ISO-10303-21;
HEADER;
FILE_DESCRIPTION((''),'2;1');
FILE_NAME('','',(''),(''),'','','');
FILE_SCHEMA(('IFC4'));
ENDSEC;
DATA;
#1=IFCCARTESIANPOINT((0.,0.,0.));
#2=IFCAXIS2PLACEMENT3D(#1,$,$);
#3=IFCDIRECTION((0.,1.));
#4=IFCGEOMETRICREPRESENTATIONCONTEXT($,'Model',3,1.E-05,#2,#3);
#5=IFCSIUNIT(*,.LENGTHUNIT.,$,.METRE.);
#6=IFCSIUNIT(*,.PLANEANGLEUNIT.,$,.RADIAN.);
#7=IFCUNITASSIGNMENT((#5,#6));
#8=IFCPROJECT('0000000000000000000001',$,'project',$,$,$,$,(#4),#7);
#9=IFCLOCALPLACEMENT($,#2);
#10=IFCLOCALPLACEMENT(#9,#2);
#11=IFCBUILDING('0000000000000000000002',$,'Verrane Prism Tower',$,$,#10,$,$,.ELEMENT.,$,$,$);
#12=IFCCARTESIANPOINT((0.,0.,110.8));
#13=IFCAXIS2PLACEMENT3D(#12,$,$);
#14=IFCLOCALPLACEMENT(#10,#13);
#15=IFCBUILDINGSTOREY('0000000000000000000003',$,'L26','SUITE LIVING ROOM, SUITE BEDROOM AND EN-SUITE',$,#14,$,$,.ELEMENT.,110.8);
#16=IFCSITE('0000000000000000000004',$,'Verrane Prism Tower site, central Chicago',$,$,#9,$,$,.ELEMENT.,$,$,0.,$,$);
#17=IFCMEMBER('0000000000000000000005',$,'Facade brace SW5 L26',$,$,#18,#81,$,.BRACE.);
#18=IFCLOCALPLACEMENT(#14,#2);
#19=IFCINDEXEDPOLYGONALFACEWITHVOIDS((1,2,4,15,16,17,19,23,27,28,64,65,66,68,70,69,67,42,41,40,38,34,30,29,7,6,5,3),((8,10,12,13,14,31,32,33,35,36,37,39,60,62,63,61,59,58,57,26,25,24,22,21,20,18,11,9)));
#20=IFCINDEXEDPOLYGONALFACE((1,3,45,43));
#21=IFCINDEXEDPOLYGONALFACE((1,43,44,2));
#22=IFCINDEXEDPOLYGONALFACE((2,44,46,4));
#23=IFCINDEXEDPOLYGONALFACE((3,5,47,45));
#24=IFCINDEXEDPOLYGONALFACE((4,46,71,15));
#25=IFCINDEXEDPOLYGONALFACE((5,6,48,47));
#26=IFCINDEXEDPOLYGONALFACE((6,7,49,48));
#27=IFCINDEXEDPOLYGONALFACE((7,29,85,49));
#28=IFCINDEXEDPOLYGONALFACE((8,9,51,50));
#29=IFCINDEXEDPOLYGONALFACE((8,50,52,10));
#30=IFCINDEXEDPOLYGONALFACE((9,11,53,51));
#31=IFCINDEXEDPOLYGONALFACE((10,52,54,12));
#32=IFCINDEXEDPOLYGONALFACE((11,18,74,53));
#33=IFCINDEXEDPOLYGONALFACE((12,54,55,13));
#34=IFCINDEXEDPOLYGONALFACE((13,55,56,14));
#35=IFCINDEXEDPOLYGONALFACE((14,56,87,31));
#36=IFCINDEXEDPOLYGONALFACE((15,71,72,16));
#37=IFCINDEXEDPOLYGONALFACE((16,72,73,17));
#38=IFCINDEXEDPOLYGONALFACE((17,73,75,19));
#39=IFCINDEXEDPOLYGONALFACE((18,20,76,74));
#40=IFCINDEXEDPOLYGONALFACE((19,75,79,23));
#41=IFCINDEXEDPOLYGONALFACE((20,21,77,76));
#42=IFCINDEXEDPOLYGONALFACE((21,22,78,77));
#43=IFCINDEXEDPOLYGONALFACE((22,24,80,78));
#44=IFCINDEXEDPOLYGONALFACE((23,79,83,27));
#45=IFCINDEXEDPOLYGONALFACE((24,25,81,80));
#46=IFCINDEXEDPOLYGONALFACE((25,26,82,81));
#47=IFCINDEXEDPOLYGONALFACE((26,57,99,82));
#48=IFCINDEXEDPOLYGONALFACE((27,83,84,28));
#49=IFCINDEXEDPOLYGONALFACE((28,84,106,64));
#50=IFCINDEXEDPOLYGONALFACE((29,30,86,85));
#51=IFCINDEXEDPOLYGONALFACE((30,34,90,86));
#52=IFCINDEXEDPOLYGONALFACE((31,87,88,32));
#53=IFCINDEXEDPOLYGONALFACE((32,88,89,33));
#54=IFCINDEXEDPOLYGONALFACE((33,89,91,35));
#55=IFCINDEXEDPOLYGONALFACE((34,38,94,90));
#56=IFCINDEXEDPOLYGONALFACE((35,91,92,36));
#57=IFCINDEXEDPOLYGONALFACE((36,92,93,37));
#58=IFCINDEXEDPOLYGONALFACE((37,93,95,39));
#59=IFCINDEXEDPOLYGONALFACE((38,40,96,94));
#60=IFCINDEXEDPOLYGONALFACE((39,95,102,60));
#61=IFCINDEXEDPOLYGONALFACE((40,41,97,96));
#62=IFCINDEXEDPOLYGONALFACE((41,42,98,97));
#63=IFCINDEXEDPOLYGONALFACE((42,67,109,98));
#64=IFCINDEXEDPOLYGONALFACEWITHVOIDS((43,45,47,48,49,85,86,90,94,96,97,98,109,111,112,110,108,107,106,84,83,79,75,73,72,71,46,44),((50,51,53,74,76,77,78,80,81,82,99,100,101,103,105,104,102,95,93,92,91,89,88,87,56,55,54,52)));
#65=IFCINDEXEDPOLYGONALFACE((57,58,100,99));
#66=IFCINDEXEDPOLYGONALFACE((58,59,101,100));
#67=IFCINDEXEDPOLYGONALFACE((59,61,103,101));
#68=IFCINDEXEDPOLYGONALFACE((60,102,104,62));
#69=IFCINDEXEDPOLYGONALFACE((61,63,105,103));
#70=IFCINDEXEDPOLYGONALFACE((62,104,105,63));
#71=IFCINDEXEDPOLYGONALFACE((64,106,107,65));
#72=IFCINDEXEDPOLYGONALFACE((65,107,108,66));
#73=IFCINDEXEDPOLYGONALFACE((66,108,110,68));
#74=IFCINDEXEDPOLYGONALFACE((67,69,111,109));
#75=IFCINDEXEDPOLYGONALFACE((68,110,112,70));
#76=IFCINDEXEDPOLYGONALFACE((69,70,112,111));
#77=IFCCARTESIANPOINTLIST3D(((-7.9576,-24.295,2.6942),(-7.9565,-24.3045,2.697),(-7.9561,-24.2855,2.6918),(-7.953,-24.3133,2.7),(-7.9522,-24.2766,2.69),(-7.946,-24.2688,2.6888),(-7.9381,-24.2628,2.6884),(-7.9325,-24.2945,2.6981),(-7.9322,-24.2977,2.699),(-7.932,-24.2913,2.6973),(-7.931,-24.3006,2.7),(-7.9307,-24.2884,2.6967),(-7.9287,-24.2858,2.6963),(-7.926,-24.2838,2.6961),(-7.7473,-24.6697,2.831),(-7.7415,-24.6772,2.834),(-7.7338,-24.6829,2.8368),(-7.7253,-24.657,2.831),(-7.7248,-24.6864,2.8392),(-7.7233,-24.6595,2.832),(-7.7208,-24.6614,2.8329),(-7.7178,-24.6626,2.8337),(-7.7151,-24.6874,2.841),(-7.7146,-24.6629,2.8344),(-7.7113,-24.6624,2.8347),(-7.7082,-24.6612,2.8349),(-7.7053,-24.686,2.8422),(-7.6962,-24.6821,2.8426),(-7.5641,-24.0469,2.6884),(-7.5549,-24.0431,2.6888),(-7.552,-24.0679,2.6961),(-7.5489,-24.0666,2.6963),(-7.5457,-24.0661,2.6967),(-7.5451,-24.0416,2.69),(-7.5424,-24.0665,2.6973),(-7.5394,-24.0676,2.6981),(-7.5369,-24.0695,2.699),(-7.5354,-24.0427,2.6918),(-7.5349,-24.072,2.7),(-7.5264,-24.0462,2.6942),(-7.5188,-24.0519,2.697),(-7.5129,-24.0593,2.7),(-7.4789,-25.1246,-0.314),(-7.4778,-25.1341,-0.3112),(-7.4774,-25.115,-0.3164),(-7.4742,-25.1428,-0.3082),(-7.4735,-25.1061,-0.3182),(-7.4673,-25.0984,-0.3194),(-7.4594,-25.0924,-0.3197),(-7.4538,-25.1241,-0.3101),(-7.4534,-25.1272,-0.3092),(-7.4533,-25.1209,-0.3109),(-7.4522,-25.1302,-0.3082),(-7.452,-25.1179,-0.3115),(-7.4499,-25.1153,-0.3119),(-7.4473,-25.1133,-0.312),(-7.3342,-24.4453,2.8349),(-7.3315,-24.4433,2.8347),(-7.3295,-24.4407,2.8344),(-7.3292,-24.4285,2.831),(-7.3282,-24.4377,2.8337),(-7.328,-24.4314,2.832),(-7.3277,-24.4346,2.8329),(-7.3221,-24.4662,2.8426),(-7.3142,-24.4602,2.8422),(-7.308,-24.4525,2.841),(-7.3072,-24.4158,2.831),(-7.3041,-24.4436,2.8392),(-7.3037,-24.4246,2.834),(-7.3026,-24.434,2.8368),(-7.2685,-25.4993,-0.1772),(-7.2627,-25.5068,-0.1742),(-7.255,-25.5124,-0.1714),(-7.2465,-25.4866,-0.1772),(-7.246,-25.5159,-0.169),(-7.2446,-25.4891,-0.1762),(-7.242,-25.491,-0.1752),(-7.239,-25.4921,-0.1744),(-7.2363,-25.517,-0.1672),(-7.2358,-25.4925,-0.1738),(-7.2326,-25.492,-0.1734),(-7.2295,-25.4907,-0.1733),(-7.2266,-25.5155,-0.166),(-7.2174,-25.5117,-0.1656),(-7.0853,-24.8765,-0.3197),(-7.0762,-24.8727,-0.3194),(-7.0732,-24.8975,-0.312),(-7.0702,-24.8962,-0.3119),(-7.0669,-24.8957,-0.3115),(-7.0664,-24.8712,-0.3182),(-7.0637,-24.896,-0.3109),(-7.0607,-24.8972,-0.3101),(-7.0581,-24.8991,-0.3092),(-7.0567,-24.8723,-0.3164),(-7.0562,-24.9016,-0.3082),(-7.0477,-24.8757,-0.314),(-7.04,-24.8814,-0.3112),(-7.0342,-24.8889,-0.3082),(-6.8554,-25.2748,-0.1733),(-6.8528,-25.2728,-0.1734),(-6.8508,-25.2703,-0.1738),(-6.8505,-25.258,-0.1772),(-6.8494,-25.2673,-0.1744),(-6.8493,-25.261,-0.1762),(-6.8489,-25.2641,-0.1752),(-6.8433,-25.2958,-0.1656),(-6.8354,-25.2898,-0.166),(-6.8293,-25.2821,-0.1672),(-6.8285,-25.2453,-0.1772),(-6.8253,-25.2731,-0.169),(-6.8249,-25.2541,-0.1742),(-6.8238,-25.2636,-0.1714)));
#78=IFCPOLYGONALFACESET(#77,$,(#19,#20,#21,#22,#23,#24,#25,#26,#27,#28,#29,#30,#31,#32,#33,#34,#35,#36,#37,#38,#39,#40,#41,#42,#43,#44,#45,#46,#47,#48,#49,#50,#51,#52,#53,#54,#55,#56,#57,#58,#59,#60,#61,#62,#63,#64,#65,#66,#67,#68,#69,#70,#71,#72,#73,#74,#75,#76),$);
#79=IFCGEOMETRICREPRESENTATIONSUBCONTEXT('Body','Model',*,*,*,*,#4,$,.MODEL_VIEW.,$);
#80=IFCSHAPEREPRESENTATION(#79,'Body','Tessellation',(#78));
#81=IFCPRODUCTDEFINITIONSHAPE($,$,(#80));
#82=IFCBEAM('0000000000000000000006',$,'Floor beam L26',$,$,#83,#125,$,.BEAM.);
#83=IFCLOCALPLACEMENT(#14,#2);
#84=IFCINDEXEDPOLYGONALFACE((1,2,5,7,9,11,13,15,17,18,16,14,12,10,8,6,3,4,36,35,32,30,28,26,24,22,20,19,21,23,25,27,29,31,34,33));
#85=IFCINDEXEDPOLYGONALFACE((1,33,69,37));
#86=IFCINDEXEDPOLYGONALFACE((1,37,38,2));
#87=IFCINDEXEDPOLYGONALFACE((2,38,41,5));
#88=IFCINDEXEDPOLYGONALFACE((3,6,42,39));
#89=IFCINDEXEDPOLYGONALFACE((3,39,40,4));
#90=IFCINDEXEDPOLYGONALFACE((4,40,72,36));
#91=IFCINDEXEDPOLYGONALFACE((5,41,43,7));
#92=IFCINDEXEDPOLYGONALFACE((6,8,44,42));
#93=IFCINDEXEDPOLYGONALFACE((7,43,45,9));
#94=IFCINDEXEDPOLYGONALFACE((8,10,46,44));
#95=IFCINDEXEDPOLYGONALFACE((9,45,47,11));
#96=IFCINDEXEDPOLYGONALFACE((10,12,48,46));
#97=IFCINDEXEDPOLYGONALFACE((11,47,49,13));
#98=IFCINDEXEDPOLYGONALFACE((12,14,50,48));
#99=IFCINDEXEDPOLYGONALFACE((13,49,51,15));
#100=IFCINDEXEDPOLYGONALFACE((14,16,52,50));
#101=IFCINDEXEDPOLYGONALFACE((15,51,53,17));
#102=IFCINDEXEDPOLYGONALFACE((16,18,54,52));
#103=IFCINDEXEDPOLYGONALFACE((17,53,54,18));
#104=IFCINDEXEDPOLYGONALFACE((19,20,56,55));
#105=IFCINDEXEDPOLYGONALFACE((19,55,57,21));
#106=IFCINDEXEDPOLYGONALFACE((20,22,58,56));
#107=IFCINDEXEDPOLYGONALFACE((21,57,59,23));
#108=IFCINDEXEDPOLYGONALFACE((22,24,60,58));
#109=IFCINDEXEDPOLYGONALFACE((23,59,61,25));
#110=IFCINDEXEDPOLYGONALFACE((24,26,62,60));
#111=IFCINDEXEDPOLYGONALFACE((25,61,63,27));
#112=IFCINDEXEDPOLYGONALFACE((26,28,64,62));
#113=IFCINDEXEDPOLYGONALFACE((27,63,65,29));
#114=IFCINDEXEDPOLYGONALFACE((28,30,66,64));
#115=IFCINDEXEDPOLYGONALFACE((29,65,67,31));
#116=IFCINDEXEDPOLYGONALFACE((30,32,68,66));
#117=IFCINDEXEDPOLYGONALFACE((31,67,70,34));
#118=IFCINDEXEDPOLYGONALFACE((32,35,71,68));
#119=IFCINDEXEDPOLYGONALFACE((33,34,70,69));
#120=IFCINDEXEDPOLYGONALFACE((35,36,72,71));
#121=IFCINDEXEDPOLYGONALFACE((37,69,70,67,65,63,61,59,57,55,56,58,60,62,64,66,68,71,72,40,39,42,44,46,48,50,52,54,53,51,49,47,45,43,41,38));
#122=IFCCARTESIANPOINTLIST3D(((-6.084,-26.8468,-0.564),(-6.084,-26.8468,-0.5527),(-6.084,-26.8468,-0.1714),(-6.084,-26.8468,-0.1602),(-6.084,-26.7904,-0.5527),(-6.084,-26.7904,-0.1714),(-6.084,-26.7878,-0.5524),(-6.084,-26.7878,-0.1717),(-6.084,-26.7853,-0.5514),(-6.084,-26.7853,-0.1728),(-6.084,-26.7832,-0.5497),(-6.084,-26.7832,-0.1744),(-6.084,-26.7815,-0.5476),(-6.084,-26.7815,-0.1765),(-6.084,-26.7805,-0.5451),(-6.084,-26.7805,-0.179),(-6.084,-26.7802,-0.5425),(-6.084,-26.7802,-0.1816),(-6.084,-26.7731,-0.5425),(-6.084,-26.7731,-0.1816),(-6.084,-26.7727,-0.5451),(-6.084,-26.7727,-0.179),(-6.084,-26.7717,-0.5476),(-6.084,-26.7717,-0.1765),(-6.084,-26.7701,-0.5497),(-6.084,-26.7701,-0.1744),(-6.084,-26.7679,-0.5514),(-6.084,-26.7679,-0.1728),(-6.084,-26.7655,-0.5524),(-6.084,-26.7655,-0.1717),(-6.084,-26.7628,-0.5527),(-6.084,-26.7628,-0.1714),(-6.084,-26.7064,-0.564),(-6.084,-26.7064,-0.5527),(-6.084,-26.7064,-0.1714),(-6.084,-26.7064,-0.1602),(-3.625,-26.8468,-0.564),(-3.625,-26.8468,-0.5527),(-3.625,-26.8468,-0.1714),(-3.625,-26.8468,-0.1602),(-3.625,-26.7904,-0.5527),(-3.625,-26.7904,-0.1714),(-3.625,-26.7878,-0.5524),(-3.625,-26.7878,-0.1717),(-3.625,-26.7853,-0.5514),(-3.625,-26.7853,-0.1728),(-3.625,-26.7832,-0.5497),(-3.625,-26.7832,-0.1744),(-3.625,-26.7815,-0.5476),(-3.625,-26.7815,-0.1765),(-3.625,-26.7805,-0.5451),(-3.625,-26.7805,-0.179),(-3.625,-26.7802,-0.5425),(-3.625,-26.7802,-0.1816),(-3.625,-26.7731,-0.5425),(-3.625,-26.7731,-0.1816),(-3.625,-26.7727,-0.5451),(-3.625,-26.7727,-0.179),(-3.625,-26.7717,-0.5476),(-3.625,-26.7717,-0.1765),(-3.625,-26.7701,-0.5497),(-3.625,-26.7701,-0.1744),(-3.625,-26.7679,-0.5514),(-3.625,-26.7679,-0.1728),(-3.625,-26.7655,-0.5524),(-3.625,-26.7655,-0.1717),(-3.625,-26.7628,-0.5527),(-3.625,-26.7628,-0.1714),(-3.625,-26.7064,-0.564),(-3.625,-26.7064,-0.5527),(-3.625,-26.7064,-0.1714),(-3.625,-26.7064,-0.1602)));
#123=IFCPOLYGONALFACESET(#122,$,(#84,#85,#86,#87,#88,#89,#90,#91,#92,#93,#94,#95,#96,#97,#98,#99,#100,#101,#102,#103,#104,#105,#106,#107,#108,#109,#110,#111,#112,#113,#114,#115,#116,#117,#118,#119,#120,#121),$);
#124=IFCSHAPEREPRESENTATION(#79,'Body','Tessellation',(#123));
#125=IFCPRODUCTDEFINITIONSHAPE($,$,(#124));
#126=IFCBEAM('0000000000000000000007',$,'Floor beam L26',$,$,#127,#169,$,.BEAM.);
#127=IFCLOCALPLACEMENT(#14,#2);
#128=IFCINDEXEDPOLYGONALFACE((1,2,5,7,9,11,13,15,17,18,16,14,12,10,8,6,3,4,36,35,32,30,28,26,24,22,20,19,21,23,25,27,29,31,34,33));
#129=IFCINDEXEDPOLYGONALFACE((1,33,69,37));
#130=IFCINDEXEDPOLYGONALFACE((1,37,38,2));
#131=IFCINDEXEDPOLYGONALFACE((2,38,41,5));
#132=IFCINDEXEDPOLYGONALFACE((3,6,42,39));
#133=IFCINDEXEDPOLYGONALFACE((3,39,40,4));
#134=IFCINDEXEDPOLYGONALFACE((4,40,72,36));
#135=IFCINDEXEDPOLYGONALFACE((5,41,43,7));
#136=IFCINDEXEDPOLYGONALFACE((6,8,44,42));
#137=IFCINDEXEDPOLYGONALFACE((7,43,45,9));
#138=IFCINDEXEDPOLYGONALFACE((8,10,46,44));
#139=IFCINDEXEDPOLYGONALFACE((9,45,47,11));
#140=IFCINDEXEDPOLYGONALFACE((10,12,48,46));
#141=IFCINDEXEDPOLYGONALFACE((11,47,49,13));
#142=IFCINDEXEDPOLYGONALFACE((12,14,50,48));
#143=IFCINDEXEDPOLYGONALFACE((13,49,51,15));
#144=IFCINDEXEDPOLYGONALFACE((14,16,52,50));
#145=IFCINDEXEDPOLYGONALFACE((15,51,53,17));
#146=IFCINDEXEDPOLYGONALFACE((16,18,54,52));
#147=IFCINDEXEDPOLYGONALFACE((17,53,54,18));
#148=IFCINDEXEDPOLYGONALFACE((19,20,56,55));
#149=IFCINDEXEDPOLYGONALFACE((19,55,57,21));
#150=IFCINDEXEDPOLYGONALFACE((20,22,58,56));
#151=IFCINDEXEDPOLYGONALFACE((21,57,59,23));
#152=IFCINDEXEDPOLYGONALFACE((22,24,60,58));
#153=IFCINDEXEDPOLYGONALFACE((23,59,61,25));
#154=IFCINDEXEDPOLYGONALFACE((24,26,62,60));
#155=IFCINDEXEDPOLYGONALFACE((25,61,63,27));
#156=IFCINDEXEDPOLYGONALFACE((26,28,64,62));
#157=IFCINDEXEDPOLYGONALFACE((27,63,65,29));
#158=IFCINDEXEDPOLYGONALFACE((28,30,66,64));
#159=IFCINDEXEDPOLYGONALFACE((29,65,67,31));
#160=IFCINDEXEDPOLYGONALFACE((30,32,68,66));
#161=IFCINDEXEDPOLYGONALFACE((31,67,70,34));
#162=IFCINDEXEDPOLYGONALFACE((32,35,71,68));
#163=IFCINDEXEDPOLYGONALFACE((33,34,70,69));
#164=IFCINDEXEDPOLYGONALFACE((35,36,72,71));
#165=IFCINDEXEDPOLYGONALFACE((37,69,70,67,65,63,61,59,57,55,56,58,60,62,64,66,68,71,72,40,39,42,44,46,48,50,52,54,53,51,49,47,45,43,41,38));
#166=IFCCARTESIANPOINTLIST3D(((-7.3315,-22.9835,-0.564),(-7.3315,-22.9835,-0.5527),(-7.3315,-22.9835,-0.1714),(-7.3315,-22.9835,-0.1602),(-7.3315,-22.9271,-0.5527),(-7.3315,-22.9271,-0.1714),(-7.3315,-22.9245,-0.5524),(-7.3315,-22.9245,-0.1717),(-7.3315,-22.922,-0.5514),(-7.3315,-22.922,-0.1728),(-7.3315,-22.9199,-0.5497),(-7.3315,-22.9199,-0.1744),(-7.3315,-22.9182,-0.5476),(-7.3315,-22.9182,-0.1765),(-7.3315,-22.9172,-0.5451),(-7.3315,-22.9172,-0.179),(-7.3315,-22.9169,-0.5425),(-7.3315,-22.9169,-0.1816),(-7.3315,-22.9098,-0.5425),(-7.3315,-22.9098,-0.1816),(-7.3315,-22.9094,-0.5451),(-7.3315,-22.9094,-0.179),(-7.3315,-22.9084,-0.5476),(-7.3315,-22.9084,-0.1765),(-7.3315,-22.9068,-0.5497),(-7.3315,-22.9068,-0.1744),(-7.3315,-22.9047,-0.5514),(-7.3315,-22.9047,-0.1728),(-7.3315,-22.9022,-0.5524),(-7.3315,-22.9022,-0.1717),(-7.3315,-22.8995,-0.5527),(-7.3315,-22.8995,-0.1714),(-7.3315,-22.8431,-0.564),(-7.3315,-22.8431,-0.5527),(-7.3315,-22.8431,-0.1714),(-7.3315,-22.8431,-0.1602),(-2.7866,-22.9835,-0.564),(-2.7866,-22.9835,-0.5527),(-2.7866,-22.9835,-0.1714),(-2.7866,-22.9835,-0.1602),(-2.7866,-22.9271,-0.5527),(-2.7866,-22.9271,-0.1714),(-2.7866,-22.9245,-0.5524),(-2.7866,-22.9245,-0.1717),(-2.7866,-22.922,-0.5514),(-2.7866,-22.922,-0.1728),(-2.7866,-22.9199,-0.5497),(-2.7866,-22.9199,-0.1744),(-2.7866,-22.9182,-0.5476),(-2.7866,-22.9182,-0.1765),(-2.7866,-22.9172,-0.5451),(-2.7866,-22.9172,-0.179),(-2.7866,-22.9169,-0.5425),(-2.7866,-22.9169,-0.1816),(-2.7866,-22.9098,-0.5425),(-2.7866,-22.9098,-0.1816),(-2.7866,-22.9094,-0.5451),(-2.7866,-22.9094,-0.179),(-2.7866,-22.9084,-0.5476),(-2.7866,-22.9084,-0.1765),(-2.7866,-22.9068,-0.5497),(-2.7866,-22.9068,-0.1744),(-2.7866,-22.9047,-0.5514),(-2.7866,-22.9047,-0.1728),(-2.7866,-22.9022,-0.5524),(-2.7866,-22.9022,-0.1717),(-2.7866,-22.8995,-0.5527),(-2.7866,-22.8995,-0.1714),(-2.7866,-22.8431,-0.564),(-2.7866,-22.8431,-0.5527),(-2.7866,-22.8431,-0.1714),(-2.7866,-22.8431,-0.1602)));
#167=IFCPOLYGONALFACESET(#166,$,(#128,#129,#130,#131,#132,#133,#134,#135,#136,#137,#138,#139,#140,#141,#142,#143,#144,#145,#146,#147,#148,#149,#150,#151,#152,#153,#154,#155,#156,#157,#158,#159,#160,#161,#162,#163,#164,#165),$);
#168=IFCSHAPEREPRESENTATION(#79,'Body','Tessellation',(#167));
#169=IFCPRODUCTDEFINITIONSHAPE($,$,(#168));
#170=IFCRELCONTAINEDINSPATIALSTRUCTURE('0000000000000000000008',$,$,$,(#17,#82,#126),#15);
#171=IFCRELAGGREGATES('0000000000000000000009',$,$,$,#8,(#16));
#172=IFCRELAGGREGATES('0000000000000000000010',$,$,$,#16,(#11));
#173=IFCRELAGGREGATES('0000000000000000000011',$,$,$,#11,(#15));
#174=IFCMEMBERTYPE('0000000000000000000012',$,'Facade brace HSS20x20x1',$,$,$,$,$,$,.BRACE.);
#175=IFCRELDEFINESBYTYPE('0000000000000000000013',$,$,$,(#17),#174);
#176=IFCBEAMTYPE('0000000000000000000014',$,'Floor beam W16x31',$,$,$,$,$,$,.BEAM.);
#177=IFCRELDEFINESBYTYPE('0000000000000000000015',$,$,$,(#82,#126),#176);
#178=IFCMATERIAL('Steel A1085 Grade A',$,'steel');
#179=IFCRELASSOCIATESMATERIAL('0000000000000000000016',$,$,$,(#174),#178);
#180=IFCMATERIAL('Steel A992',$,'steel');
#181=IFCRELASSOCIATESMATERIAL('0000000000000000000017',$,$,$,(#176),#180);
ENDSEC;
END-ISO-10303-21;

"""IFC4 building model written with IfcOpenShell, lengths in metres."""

from ifc_helpers import new_model, si_unit, direction, frame, origin, origin_2d, place, context, subcontext, project, spatial, hollow_rectangle, i_section, extrude, material, material_profile, profile_set, type_object, element, save


model = new_model("IFC4")

# Units and contexts
model_context = context("Model", 3, precision=1e-05, world=origin(), true_north=direction((0.0, 1.0)))
body_context = subcontext(model_context, "Body", "Model", "MODEL_VIEW")
ifc_project = project(units=[si_unit("LENGTHUNIT", "METRE"), si_unit("PLANEANGLEUNIT", "RADIAN")], contexts=[model_context])

# Site, building, storey
site_placement = place(None, origin())
site = spatial("IfcSite", under=ifc_project, at=site_placement, Name="Verrane Prism Tower site, central Chicago", CompositionType="ELEMENT", RefElevation=0.0)
building_placement = place(site_placement, origin())
building = spatial("IfcBuilding", under=site, at=building_placement, Name="Verrane Prism Tower", CompositionType="ELEMENT")
storey_placement = place(building_placement, frame((0.0, 0.0, 110.8)))
storey = spatial("IfcBuildingStorey", under=building, at=storey_placement, Name="L26", Description="SUITE LIVING ROOM, SUITE BEDROOM AND EN-SUITE", CompositionType="ELEMENT", Elevation=110.8)

# Member
ifc_material_1 = material(Name="Steel A1085 Grade A", Category="steel")
ifc_material_profile_1 = material_profile(ifc_material_1, hollow_rectangle(XDim=0.5081, YDim=0.5081, WallThickness=0.0254, InnerFilletRadius=0.0127, OuterFilletRadius=0.0381, at=origin_2d()), Name="HSS20x20x1")
ifc_profile_set_1 = profile_set([ifc_material_profile_1], Name="Steel A1085 Grade A")
member_type_1 = type_object("IfcMemberType", Name="Facade brace HSS20x20x1", PredefinedType="BRACE", material=ifc_profile_set_1)
for number, where, z_axis, x_axis, name in (
    (1, (-7.1514, -25.1941, -0.2427), (-0.151645, 0.262769, 0.952867), (-0.866118, -0.49984, 0.0), "Facade brace SW5 L26"),
):
    element("IfcMember", number, at=place(storey_placement, frame(where, z_axis=z_axis, x_axis=x_axis)), inside=storey, type_object=member_type_1, Name=name, PredefinedType="BRACE", context=body_context, shape_type="SweptSolid", body=[
        extrude(hollow_rectangle(XDim=0.5081, YDim=0.5081, WallThickness=0.0254, InnerFilletRadius=0.0127, OuterFilletRadius=0.0381, at=origin_2d()), origin(), (0.0, 0.0, 1.0), 3.157),
    ])

# Beams
ifc_material_2 = material(Name="Steel A992", Category="steel")
ifc_material_profile_2 = material_profile(ifc_material_2, i_section(OverallWidth=0.1404, OverallDepth=0.4038, WebThickness=0.0071, FlangeThickness=0.0112, FilletRadius=0.0103, at=origin_2d()), Name="W16x31")
ifc_profile_set_2 = profile_set([ifc_material_profile_2], Name="Steel A992")
beam_type_1 = type_object("IfcBeamType", Name="Floor beam W16x31", PredefinedType="BEAM", material=ifc_profile_set_2)
beam_1_placement = place(storey_placement, frame((-6.084, -26.7766, -0.3621), z_axis=(1.0, 0.0, 0.0), x_axis=(0.0, 1.0, 0.0)))
element("IfcBeam", 2, at=beam_1_placement, inside=storey, type_object=beam_type_1, Name="Floor beam L26", PredefinedType="BEAM", context=body_context, shape_type="SweptSolid", body=[
    extrude(i_section(OverallWidth=0.1404, OverallDepth=0.4038, WebThickness=0.0071, FlangeThickness=0.0112, FilletRadius=0.0103, at=origin_2d()), origin(), (0.0, 0.0, 1.0), 2.459),
])
beam_2_placement = place(storey_placement, frame((-7.3315, -22.9133, -0.3621), z_axis=(1.0, 0.0, 0.0), x_axis=(0.0, 1.0, 0.0)))
element("IfcBeam", 3, at=beam_2_placement, inside=storey, type_object=beam_type_1, Name="Floor beam L26", PredefinedType="BEAM", context=body_context, shape_type="SweptSolid", body=[
    extrude(i_section(OverallWidth=0.1404, OverallDepth=0.4038, WebThickness=0.0071, FlangeThickness=0.0112, FilletRadius=0.0103, at=origin_2d()), origin(), (0.0, 0.0, 1.0), 4.5449),
])

save(model, "model.ifc")
